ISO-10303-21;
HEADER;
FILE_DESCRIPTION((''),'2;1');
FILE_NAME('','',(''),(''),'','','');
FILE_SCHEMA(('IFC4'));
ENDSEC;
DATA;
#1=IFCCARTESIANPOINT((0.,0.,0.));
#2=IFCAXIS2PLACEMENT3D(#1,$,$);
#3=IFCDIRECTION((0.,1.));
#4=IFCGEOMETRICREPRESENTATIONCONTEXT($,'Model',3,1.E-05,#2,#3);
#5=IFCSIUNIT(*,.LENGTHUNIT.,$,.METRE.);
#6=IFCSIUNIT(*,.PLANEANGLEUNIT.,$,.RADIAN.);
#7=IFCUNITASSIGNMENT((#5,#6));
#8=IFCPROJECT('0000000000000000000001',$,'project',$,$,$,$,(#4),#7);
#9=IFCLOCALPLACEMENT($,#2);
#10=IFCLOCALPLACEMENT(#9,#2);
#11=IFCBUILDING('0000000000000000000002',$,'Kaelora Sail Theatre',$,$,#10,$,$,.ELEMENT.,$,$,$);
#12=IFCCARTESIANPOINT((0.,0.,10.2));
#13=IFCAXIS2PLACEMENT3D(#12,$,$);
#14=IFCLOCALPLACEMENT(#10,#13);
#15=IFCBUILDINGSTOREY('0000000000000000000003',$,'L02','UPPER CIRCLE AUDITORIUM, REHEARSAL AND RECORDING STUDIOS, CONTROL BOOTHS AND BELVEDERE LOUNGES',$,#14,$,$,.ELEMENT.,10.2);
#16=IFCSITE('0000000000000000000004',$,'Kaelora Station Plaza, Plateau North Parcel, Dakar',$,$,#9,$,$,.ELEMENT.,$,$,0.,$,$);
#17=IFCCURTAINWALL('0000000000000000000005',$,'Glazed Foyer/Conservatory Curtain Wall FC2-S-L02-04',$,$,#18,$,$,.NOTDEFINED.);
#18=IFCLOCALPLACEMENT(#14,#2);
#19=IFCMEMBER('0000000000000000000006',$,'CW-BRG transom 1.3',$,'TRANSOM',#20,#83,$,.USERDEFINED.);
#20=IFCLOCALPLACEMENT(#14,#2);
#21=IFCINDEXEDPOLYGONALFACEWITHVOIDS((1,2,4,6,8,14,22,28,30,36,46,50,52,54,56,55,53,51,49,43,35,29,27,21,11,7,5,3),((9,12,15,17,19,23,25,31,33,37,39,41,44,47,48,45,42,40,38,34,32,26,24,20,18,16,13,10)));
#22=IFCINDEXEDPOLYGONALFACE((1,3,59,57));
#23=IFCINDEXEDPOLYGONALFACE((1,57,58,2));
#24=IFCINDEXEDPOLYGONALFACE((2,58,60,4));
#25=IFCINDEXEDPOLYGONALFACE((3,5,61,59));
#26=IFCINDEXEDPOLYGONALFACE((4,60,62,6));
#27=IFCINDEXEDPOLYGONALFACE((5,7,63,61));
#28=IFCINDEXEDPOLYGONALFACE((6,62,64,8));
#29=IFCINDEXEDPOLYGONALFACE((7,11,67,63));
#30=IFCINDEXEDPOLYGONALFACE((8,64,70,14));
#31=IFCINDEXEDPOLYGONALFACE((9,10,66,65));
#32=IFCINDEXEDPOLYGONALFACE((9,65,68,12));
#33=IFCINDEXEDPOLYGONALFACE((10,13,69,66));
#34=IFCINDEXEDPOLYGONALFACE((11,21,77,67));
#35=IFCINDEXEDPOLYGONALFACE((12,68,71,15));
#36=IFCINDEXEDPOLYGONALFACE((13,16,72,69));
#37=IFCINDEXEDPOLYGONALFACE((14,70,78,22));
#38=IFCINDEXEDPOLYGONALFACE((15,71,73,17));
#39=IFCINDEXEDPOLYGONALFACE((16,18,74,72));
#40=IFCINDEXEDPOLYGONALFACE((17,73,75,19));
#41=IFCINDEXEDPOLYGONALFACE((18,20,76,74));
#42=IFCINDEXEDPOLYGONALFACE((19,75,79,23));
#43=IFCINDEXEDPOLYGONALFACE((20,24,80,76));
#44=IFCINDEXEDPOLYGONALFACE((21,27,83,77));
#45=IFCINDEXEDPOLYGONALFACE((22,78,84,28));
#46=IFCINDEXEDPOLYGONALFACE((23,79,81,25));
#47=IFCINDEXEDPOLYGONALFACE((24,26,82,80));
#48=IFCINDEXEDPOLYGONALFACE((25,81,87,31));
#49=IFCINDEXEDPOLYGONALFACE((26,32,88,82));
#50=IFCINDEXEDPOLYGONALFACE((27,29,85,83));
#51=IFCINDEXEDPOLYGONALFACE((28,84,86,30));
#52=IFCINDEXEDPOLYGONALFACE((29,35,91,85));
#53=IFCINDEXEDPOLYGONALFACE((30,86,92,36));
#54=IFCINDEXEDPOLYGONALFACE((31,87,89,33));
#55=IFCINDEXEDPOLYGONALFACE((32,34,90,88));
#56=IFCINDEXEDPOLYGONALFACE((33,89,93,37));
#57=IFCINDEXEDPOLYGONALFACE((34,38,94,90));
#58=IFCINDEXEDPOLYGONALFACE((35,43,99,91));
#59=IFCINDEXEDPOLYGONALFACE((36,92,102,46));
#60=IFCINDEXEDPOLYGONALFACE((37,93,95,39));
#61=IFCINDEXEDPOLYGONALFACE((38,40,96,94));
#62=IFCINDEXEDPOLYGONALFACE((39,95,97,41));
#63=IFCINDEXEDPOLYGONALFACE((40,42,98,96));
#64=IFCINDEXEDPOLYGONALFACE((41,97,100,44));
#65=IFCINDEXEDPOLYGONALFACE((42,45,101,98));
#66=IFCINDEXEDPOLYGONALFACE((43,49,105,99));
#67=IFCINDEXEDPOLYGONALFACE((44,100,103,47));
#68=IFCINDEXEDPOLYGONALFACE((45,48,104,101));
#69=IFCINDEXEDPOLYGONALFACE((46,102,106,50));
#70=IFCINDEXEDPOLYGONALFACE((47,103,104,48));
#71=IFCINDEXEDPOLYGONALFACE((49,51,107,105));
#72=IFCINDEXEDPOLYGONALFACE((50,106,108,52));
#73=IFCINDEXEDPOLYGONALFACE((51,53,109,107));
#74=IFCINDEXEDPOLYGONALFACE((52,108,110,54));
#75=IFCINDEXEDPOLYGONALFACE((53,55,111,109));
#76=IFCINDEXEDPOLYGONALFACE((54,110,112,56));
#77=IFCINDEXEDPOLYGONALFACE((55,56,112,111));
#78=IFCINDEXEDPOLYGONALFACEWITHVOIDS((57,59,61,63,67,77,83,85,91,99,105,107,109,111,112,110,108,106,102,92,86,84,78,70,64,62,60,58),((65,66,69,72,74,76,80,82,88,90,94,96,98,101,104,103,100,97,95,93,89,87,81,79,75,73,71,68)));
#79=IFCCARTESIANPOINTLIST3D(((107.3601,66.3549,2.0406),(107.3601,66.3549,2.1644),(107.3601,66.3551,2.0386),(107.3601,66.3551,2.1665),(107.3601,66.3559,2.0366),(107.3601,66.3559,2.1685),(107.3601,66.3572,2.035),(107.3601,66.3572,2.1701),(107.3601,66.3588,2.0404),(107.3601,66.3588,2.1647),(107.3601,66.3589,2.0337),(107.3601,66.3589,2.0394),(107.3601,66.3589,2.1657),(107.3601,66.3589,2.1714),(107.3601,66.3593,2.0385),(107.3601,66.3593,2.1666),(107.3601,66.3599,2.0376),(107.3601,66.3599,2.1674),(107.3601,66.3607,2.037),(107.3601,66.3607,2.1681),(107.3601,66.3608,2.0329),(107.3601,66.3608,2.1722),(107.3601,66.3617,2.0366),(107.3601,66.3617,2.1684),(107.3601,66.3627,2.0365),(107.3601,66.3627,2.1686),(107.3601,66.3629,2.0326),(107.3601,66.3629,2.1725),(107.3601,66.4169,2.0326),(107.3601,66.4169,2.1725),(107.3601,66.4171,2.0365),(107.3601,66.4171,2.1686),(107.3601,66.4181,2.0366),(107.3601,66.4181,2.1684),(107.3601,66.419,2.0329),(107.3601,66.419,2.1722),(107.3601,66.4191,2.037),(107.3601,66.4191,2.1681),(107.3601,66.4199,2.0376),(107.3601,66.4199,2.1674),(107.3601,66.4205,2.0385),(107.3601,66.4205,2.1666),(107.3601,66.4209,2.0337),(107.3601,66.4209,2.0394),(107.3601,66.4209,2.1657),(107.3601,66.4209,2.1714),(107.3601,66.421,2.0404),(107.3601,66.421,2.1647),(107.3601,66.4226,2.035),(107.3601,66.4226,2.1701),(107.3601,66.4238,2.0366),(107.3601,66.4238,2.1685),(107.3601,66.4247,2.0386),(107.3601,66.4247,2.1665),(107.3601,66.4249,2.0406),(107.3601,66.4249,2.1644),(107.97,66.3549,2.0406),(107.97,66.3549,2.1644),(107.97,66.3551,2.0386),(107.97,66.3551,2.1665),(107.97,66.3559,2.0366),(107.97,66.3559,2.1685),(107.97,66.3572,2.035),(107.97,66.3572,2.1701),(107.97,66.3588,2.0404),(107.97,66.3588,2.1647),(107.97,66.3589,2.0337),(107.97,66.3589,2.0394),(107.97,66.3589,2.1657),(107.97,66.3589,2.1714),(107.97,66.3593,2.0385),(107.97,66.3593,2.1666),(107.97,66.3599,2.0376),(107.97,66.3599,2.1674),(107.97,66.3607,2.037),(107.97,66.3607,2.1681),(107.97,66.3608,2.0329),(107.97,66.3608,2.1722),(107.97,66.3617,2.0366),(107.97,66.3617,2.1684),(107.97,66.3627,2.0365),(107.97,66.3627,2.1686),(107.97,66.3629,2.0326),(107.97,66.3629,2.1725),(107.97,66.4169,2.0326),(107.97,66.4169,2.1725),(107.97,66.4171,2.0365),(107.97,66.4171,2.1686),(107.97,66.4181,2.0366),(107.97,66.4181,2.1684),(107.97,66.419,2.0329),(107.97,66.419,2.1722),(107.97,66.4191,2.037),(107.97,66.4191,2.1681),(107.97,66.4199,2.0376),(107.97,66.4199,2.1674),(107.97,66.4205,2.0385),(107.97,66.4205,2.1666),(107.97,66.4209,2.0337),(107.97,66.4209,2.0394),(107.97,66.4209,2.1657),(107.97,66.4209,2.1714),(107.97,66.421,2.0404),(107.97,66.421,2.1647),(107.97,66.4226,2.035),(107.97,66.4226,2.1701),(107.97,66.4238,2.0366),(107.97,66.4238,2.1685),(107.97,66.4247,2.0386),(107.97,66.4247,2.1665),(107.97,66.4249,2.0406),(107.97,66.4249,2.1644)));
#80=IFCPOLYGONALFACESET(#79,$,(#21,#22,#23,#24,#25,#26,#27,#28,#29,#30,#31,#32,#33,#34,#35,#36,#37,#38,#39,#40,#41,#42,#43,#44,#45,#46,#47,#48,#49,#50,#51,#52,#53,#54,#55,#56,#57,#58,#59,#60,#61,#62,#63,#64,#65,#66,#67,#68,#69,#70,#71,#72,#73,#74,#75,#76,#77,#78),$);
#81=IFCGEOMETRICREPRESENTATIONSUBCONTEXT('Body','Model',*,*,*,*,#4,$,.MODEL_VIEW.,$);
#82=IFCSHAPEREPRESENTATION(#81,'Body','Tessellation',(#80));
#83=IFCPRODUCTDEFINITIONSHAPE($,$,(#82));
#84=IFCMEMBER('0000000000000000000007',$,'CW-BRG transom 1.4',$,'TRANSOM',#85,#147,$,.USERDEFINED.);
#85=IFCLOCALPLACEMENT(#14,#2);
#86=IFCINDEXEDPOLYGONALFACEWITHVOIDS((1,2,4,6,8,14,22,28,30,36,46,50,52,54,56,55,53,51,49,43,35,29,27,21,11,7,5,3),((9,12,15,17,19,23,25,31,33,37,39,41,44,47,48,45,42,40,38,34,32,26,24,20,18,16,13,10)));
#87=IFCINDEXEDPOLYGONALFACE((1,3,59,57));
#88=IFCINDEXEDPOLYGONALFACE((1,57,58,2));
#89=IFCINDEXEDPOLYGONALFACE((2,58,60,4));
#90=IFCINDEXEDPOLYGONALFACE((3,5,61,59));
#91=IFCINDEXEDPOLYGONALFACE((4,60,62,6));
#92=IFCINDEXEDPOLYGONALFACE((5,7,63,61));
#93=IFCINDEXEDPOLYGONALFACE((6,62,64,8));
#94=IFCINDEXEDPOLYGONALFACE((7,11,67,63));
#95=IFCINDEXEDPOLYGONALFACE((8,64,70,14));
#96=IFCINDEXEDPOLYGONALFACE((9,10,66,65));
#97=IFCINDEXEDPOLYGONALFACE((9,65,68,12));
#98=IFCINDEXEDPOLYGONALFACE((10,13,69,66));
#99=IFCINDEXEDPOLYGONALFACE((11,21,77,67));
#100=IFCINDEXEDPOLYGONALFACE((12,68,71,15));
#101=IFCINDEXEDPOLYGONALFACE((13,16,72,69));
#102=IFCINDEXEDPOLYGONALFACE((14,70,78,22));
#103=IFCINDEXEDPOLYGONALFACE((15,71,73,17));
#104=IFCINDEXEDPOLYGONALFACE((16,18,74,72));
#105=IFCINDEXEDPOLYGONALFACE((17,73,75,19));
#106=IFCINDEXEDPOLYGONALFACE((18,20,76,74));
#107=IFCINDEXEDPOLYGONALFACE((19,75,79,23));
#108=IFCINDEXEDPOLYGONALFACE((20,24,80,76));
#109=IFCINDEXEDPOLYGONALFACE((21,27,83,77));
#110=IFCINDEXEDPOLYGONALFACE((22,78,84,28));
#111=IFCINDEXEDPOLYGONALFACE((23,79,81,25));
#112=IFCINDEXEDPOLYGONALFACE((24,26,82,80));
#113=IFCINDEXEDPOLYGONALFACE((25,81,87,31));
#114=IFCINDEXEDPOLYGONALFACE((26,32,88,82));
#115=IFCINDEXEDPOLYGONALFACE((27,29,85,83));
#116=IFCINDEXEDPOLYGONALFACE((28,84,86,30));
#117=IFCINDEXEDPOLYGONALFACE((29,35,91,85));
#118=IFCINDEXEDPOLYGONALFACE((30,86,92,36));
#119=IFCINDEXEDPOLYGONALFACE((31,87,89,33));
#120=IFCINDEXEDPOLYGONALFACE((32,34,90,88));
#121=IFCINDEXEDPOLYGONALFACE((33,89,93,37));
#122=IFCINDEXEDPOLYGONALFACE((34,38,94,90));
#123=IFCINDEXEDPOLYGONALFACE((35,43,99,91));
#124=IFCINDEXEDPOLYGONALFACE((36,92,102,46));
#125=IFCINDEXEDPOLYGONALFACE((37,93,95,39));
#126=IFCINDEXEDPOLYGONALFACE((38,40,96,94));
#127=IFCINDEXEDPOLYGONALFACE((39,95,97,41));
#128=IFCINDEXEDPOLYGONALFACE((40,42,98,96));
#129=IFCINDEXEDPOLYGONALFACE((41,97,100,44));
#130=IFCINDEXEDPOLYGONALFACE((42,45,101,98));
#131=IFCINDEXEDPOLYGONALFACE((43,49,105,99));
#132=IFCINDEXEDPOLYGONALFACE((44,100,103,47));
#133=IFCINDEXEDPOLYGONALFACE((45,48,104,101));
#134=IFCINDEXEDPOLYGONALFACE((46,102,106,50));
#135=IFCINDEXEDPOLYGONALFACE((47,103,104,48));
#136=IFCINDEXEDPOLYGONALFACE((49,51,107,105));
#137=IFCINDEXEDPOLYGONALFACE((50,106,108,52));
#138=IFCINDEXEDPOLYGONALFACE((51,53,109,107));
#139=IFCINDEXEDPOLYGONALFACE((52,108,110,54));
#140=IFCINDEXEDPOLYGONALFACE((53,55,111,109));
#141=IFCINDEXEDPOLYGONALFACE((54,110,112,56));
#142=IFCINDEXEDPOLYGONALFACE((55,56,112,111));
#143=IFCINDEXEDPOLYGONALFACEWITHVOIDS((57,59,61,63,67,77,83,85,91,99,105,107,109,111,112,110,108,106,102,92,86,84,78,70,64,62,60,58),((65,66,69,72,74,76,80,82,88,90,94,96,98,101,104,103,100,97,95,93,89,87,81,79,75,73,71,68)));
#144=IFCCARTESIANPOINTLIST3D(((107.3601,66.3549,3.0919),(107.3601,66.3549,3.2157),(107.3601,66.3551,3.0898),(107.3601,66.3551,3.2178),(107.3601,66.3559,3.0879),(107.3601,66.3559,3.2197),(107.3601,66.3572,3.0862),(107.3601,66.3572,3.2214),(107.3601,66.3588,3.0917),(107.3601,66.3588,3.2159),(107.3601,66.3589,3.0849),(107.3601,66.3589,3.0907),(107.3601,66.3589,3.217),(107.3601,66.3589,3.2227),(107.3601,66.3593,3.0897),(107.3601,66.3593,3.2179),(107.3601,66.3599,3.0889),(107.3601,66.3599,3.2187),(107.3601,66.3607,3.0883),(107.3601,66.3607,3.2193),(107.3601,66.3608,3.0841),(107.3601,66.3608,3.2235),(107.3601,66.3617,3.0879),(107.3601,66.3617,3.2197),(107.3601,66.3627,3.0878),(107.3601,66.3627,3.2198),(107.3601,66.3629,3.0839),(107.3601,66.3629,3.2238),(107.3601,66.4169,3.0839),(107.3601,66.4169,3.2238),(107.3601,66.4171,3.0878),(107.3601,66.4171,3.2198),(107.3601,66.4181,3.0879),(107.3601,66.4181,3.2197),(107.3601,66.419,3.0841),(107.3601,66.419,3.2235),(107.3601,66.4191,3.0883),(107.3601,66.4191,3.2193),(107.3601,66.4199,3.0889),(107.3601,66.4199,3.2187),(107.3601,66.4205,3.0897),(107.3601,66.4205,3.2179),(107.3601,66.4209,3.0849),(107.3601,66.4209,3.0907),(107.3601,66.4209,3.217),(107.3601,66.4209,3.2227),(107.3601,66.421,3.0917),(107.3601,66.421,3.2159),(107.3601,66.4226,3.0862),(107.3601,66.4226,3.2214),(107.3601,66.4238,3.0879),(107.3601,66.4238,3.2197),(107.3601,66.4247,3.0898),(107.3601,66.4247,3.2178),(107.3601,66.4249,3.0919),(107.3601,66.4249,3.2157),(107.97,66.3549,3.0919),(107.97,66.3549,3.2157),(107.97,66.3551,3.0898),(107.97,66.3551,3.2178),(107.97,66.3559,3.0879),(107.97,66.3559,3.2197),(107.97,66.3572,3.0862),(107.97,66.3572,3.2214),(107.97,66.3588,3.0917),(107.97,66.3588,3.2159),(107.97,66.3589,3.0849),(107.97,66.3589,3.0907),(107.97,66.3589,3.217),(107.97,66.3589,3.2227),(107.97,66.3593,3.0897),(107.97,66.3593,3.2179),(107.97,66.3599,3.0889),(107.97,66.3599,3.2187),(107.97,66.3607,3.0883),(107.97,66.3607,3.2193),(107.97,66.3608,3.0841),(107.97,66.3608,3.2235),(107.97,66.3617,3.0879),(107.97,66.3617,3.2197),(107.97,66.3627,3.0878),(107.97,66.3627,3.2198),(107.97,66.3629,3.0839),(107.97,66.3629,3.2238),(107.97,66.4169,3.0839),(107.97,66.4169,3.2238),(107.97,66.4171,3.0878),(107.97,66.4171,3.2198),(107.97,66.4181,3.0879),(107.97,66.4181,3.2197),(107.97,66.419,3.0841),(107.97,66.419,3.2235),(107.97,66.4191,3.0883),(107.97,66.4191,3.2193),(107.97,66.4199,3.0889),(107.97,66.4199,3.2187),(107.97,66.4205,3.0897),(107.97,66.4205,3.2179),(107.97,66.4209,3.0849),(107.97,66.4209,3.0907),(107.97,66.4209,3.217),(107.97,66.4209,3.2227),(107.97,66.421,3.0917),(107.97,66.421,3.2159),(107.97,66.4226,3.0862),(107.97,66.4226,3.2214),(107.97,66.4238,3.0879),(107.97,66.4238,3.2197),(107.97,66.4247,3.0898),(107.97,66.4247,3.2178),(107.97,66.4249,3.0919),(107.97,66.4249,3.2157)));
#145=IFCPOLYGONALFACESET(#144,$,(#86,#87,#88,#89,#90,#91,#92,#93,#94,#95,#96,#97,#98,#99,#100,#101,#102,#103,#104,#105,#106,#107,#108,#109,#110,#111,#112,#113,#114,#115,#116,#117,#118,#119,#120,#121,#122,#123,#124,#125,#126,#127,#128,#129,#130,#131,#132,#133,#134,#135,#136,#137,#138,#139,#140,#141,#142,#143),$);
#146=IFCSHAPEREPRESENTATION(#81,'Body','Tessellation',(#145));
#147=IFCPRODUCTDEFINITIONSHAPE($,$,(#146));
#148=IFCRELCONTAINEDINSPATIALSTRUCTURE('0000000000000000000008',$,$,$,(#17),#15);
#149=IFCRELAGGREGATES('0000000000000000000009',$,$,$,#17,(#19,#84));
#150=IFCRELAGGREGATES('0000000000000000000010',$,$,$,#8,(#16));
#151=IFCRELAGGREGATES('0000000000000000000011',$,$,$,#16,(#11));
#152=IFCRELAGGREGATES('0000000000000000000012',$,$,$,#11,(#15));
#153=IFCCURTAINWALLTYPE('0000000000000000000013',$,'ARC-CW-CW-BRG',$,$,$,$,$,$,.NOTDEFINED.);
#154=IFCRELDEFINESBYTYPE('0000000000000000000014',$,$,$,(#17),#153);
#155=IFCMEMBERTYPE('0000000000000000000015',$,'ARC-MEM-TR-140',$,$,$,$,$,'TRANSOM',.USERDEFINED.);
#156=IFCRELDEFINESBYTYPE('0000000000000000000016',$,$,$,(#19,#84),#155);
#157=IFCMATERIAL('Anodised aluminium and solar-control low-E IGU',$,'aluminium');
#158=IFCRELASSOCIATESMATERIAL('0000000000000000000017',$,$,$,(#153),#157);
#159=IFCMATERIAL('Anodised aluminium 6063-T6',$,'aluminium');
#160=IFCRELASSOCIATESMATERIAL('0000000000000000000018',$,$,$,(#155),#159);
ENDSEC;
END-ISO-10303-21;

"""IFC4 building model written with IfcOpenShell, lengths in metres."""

from ifc_helpers import new_model, si_unit, direction, frame, origin, origin_2d, place, context, subcontext, project, spatial, hollow_rectangle, extrude, material, material_profile, profile_set, type_object, element, aggregate, save


model = new_model("IFC4")

# Units and contexts
model_context = context("Model", 3, precision=1e-05, world=origin(), true_north=direction((0.0, 1.0)))
body_context = subcontext(model_context, "Body", "Model", "MODEL_VIEW")
ifc_project = project(units=[si_unit("LENGTHUNIT", "METRE"), si_unit("PLANEANGLEUNIT", "RADIAN")], contexts=[model_context])

# Site, building, storey
site_placement = place(None, origin())
site = spatial("IfcSite", under=ifc_project, at=site_placement, Name="Kaelora Station Plaza, Plateau North Parcel, Dakar", CompositionType="ELEMENT", RefElevation=0.0)
building_placement = place(site_placement, origin())
building = spatial("IfcBuilding", under=site, at=building_placement, Name="Kaelora Sail Theatre", CompositionType="ELEMENT")
storey_placement = place(building_placement, frame((0.0, 0.0, 10.2)))
storey = spatial("IfcBuildingStorey", under=building, at=storey_placement, Name="L02", Description="UPPER CIRCLE AUDITORIUM, REHEARSAL AND RECORDING STUDIOS, CONTROL BOOTHS AND BELVEDERE LOUNGES", CompositionType="ELEMENT", Elevation=10.2)

# Shared definitions
ifc_material_1 = material(Name="Anodised aluminium and solar-control low-E IGU", Category="aluminium")
curtain_wall_type = type_object("IfcCurtainWallType", Name="ARC-CW-CW-BRG", PredefinedType="NOTDEFINED", material=ifc_material_1)

# Curtain wall, members
curtain_wall_1_placement = place(storey_placement, origin())
curtain_wall_1 = element("IfcCurtainWall", 1, at=curtain_wall_1_placement, inside=storey, type_object=curtain_wall_type, Name="Glazed Foyer/Conservatory Curtain Wall FC2-S-L02-04", PredefinedType="NOTDEFINED")
ifc_material_2 = material(Name="Anodised aluminium 6063-T6", Category="aluminium")
ifc_material_profile_1 = material_profile(ifc_material_2, hollow_rectangle(XDim=0.0701, YDim=0.1399, WallThickness=0.0039, InnerFilletRadius=0.0039, OuterFilletRadius=0.0081, at=origin_2d()), Name="ALU-TRAN 70x140x4")
ifc_profile_set_1 = profile_set([ifc_material_profile_1], Name="Anodised aluminium 6063-T6")
member_type_1 = type_object("IfcMemberType", Name="ARC-MEM-TR-140", ElementType="TRANSOM", PredefinedType="USERDEFINED", material=ifc_profile_set_1)
member_1_placement = place(storey_placement, frame((107.3601, 66.3899, 2.1025), z_axis=(1.0, 0.0, 0.0), x_axis=(0.0, 1.0, 0.0)))
member_1 = element("IfcMember", 2, at=member_1_placement, type_object=member_type_1, Name="CW-BRG transom 1.3", ObjectType="TRANSOM", PredefinedType="USERDEFINED", context=body_context, shape_type="SweptSolid", body=[
    extrude(hollow_rectangle(XDim=0.0701, YDim=0.1399, WallThickness=0.0039, InnerFilletRadius=0.0039, OuterFilletRadius=0.0081, at=origin_2d()), origin(), (0.0, 0.0, 1.0), 0.6099),
])
member_2_placement = place(storey_placement, frame((107.3601, 66.3899, 3.1538), z_axis=(1.0, 0.0, 0.0), x_axis=(0.0, 1.0, 0.0)))
member_2 = element("IfcMember", 3, at=member_2_placement, type_object=member_type_1, Name="CW-BRG transom 1.4", ObjectType="TRANSOM", PredefinedType="USERDEFINED", context=body_context, shape_type="SweptSolid", body=[
    extrude(hollow_rectangle(XDim=0.0701, YDim=0.1399, WallThickness=0.0039, InnerFilletRadius=0.0039, OuterFilletRadius=0.0081, at=origin_2d()), origin(), (0.0, 0.0, 1.0), 0.6099),
])

aggregate(curtain_wall_1, [member_1, member_2])

save(model, "model.ifc")
